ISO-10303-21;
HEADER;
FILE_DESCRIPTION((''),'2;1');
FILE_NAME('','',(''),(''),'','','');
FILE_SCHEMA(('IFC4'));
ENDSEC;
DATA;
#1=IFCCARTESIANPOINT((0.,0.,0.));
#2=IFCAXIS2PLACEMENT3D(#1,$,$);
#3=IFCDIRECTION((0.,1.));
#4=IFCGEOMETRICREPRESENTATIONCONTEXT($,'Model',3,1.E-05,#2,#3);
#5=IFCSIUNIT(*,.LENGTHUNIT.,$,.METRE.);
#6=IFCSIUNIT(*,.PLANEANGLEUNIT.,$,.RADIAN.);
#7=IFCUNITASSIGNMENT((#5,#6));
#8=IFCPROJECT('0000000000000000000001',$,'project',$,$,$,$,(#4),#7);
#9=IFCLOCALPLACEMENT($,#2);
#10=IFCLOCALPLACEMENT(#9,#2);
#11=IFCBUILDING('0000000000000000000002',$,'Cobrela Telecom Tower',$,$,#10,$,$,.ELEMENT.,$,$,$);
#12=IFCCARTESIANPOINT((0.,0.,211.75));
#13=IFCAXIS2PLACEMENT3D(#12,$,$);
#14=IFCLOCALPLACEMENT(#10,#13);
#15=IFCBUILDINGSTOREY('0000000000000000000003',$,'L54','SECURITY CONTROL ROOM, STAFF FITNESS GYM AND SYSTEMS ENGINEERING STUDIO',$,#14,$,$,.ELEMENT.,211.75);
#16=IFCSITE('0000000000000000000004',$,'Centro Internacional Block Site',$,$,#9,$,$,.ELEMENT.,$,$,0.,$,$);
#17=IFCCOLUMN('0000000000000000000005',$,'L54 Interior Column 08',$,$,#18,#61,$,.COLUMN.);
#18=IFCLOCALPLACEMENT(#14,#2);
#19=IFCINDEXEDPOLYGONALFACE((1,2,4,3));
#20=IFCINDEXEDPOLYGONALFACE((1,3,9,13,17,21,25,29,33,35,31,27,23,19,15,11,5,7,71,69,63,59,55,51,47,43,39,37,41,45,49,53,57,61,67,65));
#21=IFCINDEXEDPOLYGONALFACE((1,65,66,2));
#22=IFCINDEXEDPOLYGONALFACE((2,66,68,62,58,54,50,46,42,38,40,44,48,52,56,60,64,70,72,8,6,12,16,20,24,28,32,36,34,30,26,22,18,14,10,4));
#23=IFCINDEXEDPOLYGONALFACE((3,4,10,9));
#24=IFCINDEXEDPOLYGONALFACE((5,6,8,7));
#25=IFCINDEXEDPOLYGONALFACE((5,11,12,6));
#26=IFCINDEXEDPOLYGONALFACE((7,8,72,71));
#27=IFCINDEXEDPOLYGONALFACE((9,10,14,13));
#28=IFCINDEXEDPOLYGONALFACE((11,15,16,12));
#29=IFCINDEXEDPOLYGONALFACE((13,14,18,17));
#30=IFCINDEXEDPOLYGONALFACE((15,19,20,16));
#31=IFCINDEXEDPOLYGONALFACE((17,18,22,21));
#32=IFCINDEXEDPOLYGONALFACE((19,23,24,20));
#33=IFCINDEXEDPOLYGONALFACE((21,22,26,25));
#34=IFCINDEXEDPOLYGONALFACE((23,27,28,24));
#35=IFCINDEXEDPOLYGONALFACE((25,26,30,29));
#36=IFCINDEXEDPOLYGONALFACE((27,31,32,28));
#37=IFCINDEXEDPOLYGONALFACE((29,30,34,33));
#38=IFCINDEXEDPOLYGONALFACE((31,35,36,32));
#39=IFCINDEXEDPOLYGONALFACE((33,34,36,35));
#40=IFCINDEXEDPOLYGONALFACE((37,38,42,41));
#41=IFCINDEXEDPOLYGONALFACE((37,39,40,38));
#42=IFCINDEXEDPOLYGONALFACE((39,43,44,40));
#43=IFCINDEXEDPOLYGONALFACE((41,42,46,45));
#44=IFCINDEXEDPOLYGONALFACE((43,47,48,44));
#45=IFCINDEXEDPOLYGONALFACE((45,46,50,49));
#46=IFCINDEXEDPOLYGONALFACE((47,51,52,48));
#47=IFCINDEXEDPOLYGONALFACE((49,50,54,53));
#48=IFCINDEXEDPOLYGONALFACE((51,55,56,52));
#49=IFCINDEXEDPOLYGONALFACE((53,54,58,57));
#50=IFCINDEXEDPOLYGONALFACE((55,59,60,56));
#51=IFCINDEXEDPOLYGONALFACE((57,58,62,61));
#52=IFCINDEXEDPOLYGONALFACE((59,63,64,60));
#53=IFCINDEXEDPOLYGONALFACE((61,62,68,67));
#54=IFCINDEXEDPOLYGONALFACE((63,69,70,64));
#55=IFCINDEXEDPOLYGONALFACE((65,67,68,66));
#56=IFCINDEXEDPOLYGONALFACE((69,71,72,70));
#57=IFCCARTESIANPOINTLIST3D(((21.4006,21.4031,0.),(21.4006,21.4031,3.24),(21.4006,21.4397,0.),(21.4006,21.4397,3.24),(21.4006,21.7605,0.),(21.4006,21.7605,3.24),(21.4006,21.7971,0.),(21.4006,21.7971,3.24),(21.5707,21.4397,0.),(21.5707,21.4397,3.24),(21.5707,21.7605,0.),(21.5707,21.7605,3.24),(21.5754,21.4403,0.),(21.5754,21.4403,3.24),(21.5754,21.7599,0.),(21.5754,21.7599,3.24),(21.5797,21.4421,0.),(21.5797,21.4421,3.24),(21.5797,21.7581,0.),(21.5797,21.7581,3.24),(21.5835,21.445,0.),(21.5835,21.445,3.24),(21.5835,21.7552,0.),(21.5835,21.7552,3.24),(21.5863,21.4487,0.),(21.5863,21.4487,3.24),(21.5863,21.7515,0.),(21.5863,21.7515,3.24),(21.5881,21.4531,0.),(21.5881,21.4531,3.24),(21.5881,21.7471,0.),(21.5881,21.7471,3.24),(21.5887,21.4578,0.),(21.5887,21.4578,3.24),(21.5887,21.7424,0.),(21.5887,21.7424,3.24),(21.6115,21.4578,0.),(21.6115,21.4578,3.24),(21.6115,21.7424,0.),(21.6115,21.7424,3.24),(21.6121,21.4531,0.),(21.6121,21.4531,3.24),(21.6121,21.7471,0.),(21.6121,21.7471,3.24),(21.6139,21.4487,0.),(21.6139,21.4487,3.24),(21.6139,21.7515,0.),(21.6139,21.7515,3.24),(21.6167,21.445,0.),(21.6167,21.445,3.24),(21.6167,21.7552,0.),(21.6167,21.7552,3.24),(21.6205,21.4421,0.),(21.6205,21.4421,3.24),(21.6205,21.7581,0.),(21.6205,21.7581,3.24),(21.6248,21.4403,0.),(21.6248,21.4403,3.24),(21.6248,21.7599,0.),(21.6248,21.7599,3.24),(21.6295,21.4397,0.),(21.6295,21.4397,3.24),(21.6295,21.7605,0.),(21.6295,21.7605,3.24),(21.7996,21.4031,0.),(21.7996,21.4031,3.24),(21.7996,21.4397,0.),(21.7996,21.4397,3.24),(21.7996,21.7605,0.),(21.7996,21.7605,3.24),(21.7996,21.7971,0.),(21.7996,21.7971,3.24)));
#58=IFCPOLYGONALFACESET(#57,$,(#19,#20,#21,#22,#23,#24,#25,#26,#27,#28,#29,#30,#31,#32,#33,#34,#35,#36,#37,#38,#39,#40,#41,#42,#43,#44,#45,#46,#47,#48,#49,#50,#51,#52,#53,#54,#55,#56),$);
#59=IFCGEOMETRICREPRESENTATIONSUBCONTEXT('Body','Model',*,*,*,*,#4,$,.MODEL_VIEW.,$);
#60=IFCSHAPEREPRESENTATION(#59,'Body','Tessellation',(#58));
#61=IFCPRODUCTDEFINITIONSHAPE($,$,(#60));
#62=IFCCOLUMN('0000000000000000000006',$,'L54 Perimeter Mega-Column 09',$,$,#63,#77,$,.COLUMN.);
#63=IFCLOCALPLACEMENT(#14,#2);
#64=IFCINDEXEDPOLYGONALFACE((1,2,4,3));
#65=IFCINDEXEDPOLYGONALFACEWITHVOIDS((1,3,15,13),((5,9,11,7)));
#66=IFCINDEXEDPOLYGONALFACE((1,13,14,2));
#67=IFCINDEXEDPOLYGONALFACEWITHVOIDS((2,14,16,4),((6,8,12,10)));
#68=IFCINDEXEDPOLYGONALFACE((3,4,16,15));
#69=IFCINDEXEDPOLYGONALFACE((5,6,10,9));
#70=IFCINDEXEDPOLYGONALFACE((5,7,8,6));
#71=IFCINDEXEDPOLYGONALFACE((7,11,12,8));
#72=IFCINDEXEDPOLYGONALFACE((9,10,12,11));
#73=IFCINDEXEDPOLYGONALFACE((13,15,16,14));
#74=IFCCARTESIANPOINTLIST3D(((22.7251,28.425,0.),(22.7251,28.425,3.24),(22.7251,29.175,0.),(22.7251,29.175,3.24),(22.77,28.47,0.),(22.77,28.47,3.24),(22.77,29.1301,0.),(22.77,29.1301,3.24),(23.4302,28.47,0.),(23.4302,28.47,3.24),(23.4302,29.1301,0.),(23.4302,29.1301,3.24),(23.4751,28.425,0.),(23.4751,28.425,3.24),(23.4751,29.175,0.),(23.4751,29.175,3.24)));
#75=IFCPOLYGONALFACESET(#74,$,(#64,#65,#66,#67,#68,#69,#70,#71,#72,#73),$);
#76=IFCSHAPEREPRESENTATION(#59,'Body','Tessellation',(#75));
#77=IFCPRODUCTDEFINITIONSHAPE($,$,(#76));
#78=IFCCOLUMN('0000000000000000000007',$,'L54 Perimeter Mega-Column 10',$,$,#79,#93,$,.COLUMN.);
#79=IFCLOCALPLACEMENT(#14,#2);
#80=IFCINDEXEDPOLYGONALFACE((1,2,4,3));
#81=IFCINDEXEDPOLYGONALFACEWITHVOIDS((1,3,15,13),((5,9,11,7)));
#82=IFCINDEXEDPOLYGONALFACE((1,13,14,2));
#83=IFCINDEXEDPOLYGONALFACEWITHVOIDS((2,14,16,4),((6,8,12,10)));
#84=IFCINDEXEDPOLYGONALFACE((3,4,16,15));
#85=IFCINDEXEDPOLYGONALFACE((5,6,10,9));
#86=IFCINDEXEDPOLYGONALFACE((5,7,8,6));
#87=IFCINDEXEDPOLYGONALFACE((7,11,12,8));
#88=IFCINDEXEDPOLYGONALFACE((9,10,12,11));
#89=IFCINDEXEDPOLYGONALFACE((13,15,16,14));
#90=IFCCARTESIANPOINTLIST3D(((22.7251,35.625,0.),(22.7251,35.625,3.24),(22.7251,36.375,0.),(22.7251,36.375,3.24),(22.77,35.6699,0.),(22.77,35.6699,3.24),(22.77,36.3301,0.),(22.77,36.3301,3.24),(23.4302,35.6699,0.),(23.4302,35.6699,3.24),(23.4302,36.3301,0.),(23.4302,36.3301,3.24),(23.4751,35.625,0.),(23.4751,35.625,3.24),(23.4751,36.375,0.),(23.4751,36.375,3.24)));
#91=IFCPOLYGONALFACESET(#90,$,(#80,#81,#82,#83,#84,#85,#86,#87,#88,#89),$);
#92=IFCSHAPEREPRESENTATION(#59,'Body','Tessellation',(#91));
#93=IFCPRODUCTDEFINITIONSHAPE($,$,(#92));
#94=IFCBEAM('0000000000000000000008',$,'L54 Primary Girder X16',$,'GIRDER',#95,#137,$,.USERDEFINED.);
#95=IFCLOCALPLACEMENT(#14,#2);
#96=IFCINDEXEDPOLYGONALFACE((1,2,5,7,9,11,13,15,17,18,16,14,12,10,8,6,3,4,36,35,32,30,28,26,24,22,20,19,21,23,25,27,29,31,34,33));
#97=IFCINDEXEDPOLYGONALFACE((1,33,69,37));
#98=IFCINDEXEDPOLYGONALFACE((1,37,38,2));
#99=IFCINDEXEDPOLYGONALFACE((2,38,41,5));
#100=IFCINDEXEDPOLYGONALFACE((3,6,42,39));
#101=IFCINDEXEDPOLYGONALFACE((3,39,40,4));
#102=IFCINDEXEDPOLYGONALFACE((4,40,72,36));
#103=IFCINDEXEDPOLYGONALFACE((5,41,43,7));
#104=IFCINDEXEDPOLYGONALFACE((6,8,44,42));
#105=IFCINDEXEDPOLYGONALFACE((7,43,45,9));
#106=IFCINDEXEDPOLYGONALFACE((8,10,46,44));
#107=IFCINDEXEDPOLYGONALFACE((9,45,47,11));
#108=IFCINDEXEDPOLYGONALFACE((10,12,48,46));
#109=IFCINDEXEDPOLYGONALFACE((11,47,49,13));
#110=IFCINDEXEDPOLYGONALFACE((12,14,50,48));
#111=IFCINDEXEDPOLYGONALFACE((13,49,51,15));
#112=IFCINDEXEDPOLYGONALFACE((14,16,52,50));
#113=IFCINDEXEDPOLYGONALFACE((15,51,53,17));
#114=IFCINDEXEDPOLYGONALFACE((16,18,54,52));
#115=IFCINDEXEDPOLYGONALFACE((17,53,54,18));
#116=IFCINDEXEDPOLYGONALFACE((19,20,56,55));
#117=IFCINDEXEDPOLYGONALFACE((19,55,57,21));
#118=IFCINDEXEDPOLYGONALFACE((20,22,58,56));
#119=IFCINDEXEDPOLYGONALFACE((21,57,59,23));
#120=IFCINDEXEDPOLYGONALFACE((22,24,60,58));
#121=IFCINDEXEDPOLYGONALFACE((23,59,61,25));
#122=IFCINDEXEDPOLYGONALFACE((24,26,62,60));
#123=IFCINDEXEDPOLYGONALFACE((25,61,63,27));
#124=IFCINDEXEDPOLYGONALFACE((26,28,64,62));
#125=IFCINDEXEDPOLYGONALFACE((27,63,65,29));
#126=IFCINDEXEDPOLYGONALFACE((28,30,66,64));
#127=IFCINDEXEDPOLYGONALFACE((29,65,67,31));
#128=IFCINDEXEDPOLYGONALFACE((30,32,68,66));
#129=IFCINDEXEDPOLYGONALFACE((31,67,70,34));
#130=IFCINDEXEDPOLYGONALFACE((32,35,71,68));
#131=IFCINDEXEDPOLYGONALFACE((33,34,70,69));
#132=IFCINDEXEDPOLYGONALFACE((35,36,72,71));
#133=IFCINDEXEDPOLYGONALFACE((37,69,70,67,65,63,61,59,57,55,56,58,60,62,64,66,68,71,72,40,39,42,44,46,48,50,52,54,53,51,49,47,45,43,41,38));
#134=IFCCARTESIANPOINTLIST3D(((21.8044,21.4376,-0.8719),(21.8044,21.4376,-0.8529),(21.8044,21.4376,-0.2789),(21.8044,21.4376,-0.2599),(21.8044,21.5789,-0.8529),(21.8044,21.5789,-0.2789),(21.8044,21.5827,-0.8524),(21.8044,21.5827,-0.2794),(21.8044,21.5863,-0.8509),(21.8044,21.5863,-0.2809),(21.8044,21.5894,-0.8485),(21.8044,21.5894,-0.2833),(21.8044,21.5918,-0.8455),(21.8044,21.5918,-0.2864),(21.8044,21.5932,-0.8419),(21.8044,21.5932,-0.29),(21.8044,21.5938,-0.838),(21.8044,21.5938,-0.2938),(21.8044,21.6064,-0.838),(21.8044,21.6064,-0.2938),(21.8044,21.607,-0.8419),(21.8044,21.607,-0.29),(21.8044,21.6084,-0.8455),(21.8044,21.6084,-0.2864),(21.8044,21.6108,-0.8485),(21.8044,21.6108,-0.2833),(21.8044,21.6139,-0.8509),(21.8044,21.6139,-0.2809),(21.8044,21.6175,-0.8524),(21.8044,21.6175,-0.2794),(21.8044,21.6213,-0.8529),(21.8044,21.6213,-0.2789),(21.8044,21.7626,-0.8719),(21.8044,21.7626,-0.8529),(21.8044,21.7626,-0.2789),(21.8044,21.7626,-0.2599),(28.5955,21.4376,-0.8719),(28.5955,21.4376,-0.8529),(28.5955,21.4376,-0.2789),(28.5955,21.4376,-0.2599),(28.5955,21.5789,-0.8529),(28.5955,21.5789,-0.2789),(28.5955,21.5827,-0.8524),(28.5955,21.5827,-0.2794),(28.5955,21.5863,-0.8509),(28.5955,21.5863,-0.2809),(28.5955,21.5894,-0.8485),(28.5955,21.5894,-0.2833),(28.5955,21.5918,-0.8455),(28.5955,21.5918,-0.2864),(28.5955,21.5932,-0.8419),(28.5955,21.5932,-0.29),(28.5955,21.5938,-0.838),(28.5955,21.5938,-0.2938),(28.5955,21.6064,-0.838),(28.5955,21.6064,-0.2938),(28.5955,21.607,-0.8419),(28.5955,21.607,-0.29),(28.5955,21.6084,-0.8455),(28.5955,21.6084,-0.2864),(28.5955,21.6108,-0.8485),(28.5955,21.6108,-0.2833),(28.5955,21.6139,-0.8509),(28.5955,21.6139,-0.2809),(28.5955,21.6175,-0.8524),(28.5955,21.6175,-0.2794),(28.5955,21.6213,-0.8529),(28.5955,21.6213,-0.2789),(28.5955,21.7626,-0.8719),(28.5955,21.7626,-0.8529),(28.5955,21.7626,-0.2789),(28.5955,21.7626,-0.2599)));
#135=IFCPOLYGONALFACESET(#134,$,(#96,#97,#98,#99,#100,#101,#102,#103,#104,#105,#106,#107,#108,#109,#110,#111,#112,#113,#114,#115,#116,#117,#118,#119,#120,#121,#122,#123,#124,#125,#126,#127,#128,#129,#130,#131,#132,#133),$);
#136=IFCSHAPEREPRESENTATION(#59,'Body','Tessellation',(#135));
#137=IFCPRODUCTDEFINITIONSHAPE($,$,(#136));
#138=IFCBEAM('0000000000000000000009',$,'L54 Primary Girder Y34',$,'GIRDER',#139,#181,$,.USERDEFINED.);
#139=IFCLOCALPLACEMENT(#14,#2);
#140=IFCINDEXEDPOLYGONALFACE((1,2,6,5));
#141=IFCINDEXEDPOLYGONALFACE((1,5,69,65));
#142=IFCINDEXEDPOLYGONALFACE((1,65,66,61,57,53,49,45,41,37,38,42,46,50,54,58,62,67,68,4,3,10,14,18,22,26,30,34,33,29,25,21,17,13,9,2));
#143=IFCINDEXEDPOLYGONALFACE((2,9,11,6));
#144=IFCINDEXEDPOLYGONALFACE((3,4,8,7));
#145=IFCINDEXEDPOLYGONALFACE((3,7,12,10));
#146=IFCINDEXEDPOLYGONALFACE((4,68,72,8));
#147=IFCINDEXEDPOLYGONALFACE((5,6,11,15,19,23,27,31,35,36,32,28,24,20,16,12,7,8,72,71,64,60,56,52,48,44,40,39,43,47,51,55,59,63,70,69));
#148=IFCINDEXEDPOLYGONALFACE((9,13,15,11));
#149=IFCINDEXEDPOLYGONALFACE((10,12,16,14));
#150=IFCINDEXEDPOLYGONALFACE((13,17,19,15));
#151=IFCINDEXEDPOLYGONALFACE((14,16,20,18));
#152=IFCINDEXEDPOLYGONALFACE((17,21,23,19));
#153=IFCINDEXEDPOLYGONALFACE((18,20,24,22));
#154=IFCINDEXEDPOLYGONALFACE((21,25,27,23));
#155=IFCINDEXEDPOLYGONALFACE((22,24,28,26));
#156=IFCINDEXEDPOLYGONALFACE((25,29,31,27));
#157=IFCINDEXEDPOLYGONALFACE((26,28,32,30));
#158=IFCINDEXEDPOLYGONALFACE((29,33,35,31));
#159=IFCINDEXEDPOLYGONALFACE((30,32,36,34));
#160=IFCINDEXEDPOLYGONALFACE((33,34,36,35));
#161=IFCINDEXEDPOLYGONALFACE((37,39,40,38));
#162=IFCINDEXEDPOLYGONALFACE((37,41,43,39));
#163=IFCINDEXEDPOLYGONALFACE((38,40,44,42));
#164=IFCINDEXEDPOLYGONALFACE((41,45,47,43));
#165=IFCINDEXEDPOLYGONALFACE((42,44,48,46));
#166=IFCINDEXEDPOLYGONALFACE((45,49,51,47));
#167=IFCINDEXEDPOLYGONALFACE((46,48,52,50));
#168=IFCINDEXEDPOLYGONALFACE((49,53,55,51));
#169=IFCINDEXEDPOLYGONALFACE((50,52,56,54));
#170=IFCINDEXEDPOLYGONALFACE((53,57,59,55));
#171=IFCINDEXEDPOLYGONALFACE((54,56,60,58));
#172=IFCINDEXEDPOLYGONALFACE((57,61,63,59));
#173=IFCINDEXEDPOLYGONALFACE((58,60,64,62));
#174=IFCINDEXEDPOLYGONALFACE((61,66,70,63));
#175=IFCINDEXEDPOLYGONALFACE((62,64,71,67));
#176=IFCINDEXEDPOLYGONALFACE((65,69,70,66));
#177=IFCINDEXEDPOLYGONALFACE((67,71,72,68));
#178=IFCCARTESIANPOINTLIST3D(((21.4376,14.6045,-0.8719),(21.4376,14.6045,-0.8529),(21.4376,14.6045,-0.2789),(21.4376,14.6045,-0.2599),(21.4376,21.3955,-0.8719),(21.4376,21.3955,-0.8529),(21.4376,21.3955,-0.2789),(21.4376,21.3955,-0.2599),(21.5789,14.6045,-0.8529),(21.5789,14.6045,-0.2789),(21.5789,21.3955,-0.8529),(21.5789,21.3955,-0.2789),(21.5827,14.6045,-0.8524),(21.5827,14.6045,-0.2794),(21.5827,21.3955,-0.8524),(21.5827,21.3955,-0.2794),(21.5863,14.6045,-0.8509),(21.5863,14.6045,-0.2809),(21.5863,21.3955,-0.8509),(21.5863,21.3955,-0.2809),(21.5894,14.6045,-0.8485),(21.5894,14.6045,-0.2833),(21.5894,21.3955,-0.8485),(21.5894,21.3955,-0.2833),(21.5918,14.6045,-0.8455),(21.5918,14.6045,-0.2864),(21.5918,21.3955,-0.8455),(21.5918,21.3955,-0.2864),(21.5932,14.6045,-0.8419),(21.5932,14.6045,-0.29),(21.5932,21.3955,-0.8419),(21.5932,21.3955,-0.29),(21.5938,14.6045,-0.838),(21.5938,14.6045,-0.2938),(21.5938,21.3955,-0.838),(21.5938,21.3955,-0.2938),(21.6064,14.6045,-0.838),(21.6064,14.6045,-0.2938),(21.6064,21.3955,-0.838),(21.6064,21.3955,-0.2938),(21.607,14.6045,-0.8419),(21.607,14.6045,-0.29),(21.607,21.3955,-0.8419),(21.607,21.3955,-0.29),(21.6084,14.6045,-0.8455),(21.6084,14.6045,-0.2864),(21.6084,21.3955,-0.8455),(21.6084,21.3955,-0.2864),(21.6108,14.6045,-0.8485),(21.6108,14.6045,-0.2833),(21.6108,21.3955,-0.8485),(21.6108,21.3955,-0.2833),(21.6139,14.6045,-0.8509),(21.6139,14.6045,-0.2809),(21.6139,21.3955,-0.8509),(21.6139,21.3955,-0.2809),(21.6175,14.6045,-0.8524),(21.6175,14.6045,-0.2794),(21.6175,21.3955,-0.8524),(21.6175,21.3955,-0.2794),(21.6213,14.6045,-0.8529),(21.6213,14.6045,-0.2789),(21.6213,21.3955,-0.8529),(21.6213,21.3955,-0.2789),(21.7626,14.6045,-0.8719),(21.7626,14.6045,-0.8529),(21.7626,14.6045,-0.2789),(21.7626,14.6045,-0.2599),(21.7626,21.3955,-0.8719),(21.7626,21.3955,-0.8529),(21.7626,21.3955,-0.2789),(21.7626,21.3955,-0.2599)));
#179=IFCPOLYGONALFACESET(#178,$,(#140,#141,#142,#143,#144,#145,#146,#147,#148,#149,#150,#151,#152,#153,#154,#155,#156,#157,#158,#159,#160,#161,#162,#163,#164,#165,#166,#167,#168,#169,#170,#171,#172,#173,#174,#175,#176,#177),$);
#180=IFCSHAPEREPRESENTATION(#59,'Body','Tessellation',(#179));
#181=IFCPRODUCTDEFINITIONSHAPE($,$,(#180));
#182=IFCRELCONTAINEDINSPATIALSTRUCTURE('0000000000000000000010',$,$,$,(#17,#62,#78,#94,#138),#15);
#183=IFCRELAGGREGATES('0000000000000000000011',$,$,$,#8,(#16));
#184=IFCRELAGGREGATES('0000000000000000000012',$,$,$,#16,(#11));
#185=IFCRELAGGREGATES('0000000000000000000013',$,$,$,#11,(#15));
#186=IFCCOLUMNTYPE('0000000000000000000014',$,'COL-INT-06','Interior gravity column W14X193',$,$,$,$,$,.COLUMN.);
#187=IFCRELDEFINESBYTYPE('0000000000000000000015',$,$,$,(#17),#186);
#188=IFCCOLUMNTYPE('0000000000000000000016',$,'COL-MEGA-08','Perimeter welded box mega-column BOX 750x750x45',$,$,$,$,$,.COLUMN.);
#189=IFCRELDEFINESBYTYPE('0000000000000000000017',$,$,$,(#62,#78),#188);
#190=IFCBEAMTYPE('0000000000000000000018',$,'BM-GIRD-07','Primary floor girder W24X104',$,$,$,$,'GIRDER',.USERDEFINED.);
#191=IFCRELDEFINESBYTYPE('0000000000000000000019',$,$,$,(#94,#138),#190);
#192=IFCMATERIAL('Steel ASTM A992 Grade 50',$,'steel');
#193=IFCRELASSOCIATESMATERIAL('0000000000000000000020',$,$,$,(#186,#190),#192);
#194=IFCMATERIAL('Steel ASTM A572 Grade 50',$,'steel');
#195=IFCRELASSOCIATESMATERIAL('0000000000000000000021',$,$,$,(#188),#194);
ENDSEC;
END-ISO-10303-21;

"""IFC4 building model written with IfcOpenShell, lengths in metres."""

from ifc_helpers import new_model, si_unit, direction, frame, origin, origin_2d, place, context, subcontext, project, spatial, hollow_rectangle, i_section, extrude, material, material_profile, profile_set, type_object, element, save


model = new_model("IFC4")

# Units and contexts
model_context = context("Model", 3, precision=1e-05, world=origin(), true_north=direction((0.0, 1.0)))
body_context = subcontext(model_context, "Body", "Model", "MODEL_VIEW")
ifc_project = project(units=[si_unit("LENGTHUNIT", "METRE"), si_unit("PLANEANGLEUNIT", "RADIAN")], contexts=[model_context])

# Site, building, storey
site_placement = place(None, origin())
site = spatial("IfcSite", under=ifc_project, at=site_placement, Name="Centro Internacional Block Site", CompositionType="ELEMENT", RefElevation=0.0)
building_placement = place(site_placement, origin())
building = spatial("IfcBuilding", under=site, at=building_placement, Name="Cobrela Telecom Tower", CompositionType="ELEMENT")
storey_placement = place(building_placement, frame((0.0, 0.0, 211.75)))
storey = spatial("IfcBuildingStorey", under=building, at=storey_placement, Name="L54", Description="SECURITY CONTROL ROOM, STAFF FITNESS GYM AND SYSTEMS ENGINEERING STUDIO", CompositionType="ELEMENT", Elevation=211.75)

# Columns
ifc_material_1 = material(Name="Steel ASTM A992 Grade 50", Category="steel")
ifc_material_profile_1 = material_profile(ifc_material_1, i_section(OverallWidth=0.3989, OverallDepth=0.394, WebThickness=0.0227, FlangeThickness=0.0366, FilletRadius=0.0181, at=origin_2d()), Name="W14X193")
ifc_profile_set_1 = profile_set([ifc_material_profile_1], Name="Steel ASTM A992 Grade 50")
column_type_1 = type_object("IfcColumnType", Name="COL-INT-06", Description="Interior gravity column W14X193", PredefinedType="COLUMN", material=ifc_profile_set_1)
column_placement = place(storey_placement, frame((21.6001, 21.6001, 0.0), z_axis=(0.0, 0.0, 1.0), x_axis=(1.0, 0.0, 0.0)))
element("IfcColumn", 1, at=column_placement, inside=storey, type_object=column_type_1, Name="L54 Interior Column 08", PredefinedType="COLUMN", context=body_context, shape_type="SweptSolid", body=[
    extrude(i_section(OverallWidth=0.3989, OverallDepth=0.394, WebThickness=0.0227, FlangeThickness=0.0366, FilletRadius=0.0181, at=origin_2d()), origin(), (0.0, 0.0, 1.0), 3.24),
])
ifc_material_2 = material(Name="Steel ASTM A572 Grade 50", Category="steel")
ifc_material_profile_2 = material_profile(ifc_material_2, hollow_rectangle(XDim=0.75, YDim=0.75, WallThickness=0.0449, at=origin_2d()), Name="BOX 750x750x45")
ifc_profile_set_2 = profile_set([ifc_material_profile_2], Name="Steel ASTM A572 Grade 50")
column_type_2 = type_object("IfcColumnType", Name="COL-MEGA-08", Description="Perimeter welded box mega-column BOX 750x750x45", PredefinedType="COLUMN", material=ifc_profile_set_2)
for number, where, z_axis, x_axis, name in (
    (2, (23.1001, 28.8, 0.0), (0.0, 0.0, 1.0), (1.0, 0.0, 0.0), "L54 Perimeter Mega-Column 09"),
    (3, (23.1001, 36.0, 0.0), (0.0, 0.0, 1.0), (1.0, 0.0, 0.0), "L54 Perimeter Mega-Column 10"),
):
    element("IfcColumn", number, at=place(storey_placement, frame(where, z_axis=z_axis, x_axis=x_axis)), inside=storey, type_object=column_type_2, Name=name, PredefinedType="COLUMN", context=body_context, shape_type="SweptSolid", body=[
        extrude(hollow_rectangle(XDim=0.75, YDim=0.75, WallThickness=0.0449, at=origin_2d()), origin(), (0.0, 0.0, 1.0), 3.24),
    ])

# Beams
ifc_material_profile_3 = material_profile(ifc_material_1, i_section(OverallWidth=0.325, OverallDepth=0.6121, WebThickness=0.0127, FlangeThickness=0.019, FilletRadius=0.0149, at=origin_2d()), Name="W24X104")
ifc_profile_set_3 = profile_set([ifc_material_profile_3], Name="Steel ASTM A992 Grade 50")
beam_type_1 = type_object("IfcBeamType", Name="BM-GIRD-07", Description="Primary floor girder W24X104", ElementType="GIRDER", PredefinedType="USERDEFINED", material=ifc_profile_set_3)
for number, where, z_axis, x_axis, name in (
    (4, (21.8044, 21.6001, -0.5659), (1.0, 0.0, 0.0), (0.0, 1.0, 0.0), "L54 Primary Girder X16"),
    (5, (21.6001, 14.6045, -0.5659), (0.0, 1.0, 0.0), (-1.0, 0.0, 0.0), "L54 Primary Girder Y34"),
):
    element("IfcBeam", number, at=place(storey_placement, frame(where, z_axis=z_axis, x_axis=x_axis)), inside=storey, type_object=beam_type_1, Name=name, ObjectType="GIRDER", PredefinedType="USERDEFINED", context=body_context, shape_type="SweptSolid", body=[
        extrude(i_section(OverallWidth=0.325, OverallDepth=0.6121, WebThickness=0.0127, FlangeThickness=0.019, FilletRadius=0.0149, at=origin_2d()), origin(), (0.0, 0.0, 1.0), 6.791),
    ])

save(model, "model.ifc")
